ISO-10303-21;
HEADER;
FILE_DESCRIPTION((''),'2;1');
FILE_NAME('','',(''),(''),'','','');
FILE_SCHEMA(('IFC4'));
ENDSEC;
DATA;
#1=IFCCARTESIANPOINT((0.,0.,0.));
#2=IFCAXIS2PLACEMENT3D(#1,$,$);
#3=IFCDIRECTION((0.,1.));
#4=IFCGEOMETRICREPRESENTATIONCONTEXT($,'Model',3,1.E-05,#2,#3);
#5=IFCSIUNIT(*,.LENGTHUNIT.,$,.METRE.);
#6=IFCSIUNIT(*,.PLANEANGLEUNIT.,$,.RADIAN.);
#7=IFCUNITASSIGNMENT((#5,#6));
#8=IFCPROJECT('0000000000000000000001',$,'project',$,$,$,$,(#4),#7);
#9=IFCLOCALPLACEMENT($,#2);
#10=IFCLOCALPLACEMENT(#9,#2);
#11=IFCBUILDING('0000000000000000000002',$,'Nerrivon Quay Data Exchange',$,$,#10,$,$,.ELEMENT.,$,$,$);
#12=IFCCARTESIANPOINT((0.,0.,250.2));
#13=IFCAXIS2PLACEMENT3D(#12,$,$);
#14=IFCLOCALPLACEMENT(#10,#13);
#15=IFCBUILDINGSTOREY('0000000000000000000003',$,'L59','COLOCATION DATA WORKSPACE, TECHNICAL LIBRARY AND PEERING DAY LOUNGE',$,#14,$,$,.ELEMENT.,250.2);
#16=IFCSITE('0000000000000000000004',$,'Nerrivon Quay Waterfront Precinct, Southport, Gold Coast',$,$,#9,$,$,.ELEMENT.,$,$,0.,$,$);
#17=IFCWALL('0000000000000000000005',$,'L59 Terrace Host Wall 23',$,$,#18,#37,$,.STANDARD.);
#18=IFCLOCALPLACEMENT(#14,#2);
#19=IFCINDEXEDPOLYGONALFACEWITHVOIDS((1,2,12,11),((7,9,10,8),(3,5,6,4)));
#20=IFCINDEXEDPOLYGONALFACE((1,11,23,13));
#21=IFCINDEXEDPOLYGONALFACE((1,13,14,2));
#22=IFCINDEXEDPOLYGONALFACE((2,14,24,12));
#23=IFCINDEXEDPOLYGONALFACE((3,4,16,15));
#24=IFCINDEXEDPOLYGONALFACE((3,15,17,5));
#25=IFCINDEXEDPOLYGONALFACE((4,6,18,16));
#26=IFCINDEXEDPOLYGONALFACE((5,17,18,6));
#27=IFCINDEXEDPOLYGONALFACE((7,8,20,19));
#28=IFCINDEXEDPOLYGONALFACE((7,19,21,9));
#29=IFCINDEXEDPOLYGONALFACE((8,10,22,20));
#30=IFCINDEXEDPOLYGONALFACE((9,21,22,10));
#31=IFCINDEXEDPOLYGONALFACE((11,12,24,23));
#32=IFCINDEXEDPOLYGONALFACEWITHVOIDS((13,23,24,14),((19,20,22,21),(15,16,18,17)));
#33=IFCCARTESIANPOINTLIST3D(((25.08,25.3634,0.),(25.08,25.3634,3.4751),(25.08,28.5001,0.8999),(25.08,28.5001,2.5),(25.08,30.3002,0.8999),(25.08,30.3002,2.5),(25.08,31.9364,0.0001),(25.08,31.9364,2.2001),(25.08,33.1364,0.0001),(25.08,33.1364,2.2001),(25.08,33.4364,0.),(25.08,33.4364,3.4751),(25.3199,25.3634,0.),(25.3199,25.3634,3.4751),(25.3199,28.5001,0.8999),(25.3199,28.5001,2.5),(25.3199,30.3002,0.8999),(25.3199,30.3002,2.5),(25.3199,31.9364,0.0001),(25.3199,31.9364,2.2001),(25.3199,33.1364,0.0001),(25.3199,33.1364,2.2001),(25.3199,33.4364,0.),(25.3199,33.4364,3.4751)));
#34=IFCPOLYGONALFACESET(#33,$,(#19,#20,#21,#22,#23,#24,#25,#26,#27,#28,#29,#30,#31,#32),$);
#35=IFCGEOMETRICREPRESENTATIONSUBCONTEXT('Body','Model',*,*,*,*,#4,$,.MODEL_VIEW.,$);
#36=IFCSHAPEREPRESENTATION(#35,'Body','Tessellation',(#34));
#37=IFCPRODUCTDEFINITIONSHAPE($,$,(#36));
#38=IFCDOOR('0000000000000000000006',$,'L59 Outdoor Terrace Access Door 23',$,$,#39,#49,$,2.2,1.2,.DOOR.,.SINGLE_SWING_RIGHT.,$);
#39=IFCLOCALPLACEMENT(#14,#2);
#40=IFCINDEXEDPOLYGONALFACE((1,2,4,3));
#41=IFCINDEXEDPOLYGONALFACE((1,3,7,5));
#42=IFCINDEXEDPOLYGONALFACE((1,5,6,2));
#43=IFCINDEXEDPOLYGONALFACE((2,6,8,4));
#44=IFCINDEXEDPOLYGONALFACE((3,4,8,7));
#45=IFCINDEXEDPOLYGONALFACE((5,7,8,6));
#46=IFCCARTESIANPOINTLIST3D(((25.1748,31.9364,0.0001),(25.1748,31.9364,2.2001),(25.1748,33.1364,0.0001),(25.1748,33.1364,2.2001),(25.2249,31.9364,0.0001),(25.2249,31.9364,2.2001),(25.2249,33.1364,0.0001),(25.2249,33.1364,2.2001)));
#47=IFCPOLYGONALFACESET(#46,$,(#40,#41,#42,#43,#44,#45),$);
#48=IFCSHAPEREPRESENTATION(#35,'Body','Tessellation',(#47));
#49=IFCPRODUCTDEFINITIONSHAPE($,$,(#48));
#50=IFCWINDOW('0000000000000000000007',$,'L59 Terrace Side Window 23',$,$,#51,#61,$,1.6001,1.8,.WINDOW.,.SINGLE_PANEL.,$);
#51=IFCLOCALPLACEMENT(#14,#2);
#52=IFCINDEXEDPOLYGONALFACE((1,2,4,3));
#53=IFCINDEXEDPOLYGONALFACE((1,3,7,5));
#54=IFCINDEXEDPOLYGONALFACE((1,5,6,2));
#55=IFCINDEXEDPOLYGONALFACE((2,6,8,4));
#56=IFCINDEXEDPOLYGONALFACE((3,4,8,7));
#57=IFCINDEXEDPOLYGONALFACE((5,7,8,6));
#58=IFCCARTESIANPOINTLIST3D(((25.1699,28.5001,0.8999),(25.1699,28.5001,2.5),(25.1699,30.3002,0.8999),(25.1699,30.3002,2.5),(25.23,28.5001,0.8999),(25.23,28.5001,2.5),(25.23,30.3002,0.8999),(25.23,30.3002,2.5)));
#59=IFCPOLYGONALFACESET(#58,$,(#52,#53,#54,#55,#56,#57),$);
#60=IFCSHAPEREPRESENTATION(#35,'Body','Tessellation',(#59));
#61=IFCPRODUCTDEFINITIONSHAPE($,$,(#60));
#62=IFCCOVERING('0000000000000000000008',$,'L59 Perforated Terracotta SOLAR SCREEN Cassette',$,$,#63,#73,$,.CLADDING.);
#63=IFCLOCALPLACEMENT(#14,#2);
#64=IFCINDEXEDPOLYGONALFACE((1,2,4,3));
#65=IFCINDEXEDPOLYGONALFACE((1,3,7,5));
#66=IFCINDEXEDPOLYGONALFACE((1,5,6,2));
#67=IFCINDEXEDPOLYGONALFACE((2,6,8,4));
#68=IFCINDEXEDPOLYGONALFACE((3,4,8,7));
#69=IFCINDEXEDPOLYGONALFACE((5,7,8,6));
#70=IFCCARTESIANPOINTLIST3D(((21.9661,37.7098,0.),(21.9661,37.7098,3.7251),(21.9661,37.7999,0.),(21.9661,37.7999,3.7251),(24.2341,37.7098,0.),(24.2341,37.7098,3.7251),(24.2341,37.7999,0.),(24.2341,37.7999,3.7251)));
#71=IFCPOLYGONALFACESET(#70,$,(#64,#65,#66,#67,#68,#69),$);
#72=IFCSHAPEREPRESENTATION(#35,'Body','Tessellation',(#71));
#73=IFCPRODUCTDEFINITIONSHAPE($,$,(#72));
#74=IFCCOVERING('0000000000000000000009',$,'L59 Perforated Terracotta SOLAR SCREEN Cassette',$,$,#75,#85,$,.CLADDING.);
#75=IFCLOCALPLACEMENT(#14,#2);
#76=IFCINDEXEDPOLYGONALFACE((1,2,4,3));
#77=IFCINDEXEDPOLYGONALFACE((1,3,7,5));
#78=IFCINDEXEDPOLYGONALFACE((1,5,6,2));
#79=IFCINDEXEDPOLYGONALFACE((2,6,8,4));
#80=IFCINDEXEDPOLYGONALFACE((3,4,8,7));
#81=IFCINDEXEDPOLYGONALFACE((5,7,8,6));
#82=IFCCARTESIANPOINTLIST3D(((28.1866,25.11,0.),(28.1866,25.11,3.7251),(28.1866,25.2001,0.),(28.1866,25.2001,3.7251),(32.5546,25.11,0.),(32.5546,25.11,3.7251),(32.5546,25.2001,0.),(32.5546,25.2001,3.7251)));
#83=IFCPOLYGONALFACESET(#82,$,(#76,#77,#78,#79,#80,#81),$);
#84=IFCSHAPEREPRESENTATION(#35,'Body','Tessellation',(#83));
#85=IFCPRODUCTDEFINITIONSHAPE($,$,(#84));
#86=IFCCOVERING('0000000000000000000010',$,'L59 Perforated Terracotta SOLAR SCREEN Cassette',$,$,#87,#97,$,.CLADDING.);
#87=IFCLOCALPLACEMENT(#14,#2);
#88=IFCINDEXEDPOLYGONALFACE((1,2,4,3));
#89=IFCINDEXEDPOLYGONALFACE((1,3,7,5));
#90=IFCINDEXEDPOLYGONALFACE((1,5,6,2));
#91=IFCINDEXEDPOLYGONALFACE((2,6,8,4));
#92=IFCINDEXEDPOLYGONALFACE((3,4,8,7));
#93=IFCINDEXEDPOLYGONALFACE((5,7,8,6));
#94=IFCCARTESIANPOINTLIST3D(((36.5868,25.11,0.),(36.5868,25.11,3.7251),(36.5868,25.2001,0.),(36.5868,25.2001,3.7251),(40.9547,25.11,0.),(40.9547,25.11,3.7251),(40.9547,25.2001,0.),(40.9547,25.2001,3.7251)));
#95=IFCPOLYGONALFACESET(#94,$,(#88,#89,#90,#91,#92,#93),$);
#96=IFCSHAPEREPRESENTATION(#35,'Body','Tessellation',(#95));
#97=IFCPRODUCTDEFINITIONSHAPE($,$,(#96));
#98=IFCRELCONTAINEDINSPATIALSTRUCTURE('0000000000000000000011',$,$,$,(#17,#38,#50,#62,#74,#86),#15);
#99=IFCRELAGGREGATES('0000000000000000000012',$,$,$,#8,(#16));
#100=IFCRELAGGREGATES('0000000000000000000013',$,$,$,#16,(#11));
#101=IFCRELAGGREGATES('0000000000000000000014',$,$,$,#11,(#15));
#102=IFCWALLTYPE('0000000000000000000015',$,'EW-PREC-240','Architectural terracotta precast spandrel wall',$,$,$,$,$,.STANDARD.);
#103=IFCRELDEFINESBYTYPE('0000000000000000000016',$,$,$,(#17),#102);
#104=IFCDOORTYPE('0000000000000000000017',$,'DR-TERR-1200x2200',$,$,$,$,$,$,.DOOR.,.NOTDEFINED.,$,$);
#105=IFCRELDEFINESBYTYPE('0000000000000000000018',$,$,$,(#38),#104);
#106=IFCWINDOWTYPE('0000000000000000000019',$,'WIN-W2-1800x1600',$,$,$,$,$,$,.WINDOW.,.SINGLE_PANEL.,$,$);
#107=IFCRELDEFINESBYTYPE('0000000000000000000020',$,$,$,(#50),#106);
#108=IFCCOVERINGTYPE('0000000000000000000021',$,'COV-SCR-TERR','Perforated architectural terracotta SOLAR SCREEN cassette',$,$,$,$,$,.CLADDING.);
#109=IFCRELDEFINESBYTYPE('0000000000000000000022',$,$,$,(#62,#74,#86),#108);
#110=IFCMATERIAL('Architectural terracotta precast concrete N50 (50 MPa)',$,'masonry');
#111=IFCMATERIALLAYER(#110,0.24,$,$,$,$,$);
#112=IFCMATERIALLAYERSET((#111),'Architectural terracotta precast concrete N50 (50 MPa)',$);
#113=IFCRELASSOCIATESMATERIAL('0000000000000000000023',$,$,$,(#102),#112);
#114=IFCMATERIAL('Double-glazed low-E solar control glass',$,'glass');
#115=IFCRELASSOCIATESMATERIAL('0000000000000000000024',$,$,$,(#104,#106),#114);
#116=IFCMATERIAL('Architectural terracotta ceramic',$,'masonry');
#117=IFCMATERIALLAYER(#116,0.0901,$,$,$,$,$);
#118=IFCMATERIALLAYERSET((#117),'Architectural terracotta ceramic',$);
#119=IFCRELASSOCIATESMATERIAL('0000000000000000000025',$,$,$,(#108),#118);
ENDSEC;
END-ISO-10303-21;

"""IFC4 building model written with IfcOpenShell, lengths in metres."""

from ifc_helpers import new_model, si_unit, direction, frame, frame_2d, origin, origin_2d, place, context, subcontext, project, spatial, rectangle, extrude, material, layer, layer_set, type_object, element, fill, save


model = new_model("IFC4")

# Units and contexts
model_context = context("Model", 3, precision=1e-05, world=origin(), true_north=direction((0.0, 1.0)))
body_context = subcontext(model_context, "Body", "Model", "MODEL_VIEW")
ifc_project = project(units=[si_unit("LENGTHUNIT", "METRE"), si_unit("PLANEANGLEUNIT", "RADIAN")], contexts=[model_context])

# Site, building, storey
site_placement = place(None, origin())
site = spatial("IfcSite", under=ifc_project, at=site_placement, Name="Nerrivon Quay Waterfront Precinct, Southport, Gold Coast", CompositionType="ELEMENT", RefElevation=0.0)
building_placement = place(site_placement, origin())
building = spatial("IfcBuilding", under=site, at=building_placement, Name="Nerrivon Quay Data Exchange", CompositionType="ELEMENT")
storey_placement = place(building_placement, frame((0.0, 0.0, 250.2)))
storey = spatial("IfcBuildingStorey", under=building, at=storey_placement, Name="L59", Description="COLOCATION DATA WORKSPACE, TECHNICAL LIBRARY AND PEERING DAY LOUNGE", CompositionType="ELEMENT", Elevation=250.2)

# Shared definitions
ifc_material_1 = material(Name="Double-glazed low-E solar control glass", Category="glass")

# Shared definitions
ifc_material_2 = material(Name="Architectural terracotta precast concrete N50 (50 MPa)", Category="masonry")
ifc_layer_1 = layer(ifc_material_2, 0.24)
ifc_layer_set_1 = layer_set([ifc_layer_1], Name="Architectural terracotta precast concrete N50 (50 MPa)")
wall_type = type_object("IfcWallType", Name="EW-PREC-240", Description="Architectural terracotta precast spandrel wall", PredefinedType="STANDARD", material=ifc_layer_set_1)
door_type = type_object("IfcDoorType", Name="DR-TERR-1200x2200", OperationType="NOTDEFINED", PredefinedType="DOOR", material=ifc_material_1)

# Wall, openings, door, window
wall_1_placement = place(storey_placement, frame((25.2, 33.4365, 0.0), z_axis=(0.0, 0.0, 1.0), x_axis=(0.0, -1.0, 0.0)))
wall_1 = element("IfcWall", 1, at=wall_1_placement, inside=storey, type_object=wall_type, Name="L59 Terrace Host Wall 23", PredefinedType="STANDARD", context=body_context, shape_type="SweptSolid", body=[
    extrude(rectangle(XDim=8.073, YDim=0.24, at=frame_2d((4.0366, 0.0))), origin(), (0.0, 0.0, 1.0), 3.4751),
])
opening_1_placement = place(wall_1_placement, frame((0.3, 0.0, 0.0)))
opening_1 = element("IfcOpeningElement", 2, at=opening_1_placement, cuts=wall_1, PredefinedType="OPENING", context=body_context, shape_type="SweptSolid", body=[
    extrude(rectangle(XDim=1.2, YDim=2.2, at=frame_2d((0.6001, 1.1001))), frame((0.0, 0.1299, 0.0), z_axis=(0.0, -1.0, 0.0), x_axis=(1.0, 0.0, 0.0)), (0.0, 0.0, 1.0), 0.26),
])
opening_2_placement = place(wall_1_placement, frame((3.1365, 0.0, 0.8999)))
opening_2 = element("IfcOpeningElement", 3, at=opening_2_placement, cuts=wall_1, PredefinedType="OPENING", context=body_context, shape_type="SweptSolid", body=[
    extrude(rectangle(XDim=1.8, YDim=1.6001, at=frame_2d((0.8999, 0.8))), frame((0.0, 0.1299, 0.0), z_axis=(0.0, -1.0, 0.0), x_axis=(1.0, 0.0, 0.0)), (0.0, 0.0, 1.0), 0.26),
])
door_1_placement = place(opening_1_placement, origin())
door_1 = element("IfcDoor", 4, at=door_1_placement, inside=storey, type_object=door_type, Name="L59 Outdoor Terrace Access Door 23", OperationType="SINGLE_SWING_RIGHT", OverallHeight=2.2, OverallWidth=1.2, PredefinedType="DOOR", context=body_context, shape_type="SweptSolid", body=[
    extrude(rectangle(XDim=1.2, YDim=2.2, at=frame_2d((0.6001, 1.1001))), frame((0.0, 0.0249, 0.0), z_axis=(0.0, -1.0, 0.0), x_axis=(1.0, 0.0, 0.0)), (0.0, 0.0, 1.0), 0.05),
])
fill(opening_1, door_1)
window_type = type_object("IfcWindowType", Name="WIN-W2-1800x1600", PartitioningType="SINGLE_PANEL", PredefinedType="WINDOW", material=ifc_material_1)
window_placement = place(opening_2_placement, origin())
window = element("IfcWindow", 5, at=window_placement, inside=storey, type_object=window_type, Name="L59 Terrace Side Window 23", OverallHeight=1.6001, OverallWidth=1.8, PartitioningType="SINGLE_PANEL", PredefinedType="WINDOW", context=body_context, shape_type="SweptSolid", body=[
    extrude(rectangle(XDim=1.8, YDim=1.6001, at=frame_2d((0.8999, 0.8))), frame((0.0, 0.03, 0.0), z_axis=(0.0, -1.0, 0.0), x_axis=(1.0, 0.0, 0.0)), (0.0, 0.0, 1.0), 0.0601),
])
fill(opening_2, window)

# Coverings
ifc_material_3 = material(Name="Architectural terracotta ceramic", Category="masonry")
ifc_layer_2 = layer(ifc_material_3, 0.0901)
ifc_layer_set_2 = layer_set([ifc_layer_2], Name="Architectural terracotta ceramic")
covering_type = type_object("IfcCoveringType", Name="COV-SCR-TERR", Description="Perforated architectural terracotta SOLAR SCREEN cassette", PredefinedType="CLADDING", material=ifc_layer_set_2)
covering_placement = place(storey_placement, frame((23.1001, 37.7549, 0.0), z_axis=(0.0, 0.0, 1.0), x_axis=(1.0, 0.0, 0.0)))
element("IfcCovering", 6, at=covering_placement, inside=storey, type_object=covering_type, Name="L59 Perforated Terracotta SOLAR SCREEN Cassette", PredefinedType="CLADDING", context=body_context, shape_type="SweptSolid", body=[
    extrude(rectangle(XDim=2.2681, YDim=0.0901, at=origin_2d()), origin(), (0.0, 0.0, 1.0), 3.7251),
])
for number, where, z_axis, x_axis, name in (
    (7, (30.3706, 25.155, 0.0), (0.0, 0.0, 1.0), (1.0, 0.0, 0.0), "L59 Perforated Terracotta SOLAR SCREEN Cassette"),
    (8, (38.7708, 25.155, 0.0), (0.0, 0.0, 1.0), (1.0, 0.0, 0.0), "L59 Perforated Terracotta SOLAR SCREEN Cassette"),
):
    element("IfcCovering", number, at=place(storey_placement, frame(where, z_axis=z_axis, x_axis=x_axis)), inside=storey, type_object=covering_type, Name=name, PredefinedType="CLADDING", context=body_context, shape_type="SweptSolid", body=[
        extrude(rectangle(XDim=4.3679, YDim=0.0901, at=origin_2d()), origin(), (0.0, 0.0, 1.0), 3.7251),
    ])

save(model, "model.ifc")
